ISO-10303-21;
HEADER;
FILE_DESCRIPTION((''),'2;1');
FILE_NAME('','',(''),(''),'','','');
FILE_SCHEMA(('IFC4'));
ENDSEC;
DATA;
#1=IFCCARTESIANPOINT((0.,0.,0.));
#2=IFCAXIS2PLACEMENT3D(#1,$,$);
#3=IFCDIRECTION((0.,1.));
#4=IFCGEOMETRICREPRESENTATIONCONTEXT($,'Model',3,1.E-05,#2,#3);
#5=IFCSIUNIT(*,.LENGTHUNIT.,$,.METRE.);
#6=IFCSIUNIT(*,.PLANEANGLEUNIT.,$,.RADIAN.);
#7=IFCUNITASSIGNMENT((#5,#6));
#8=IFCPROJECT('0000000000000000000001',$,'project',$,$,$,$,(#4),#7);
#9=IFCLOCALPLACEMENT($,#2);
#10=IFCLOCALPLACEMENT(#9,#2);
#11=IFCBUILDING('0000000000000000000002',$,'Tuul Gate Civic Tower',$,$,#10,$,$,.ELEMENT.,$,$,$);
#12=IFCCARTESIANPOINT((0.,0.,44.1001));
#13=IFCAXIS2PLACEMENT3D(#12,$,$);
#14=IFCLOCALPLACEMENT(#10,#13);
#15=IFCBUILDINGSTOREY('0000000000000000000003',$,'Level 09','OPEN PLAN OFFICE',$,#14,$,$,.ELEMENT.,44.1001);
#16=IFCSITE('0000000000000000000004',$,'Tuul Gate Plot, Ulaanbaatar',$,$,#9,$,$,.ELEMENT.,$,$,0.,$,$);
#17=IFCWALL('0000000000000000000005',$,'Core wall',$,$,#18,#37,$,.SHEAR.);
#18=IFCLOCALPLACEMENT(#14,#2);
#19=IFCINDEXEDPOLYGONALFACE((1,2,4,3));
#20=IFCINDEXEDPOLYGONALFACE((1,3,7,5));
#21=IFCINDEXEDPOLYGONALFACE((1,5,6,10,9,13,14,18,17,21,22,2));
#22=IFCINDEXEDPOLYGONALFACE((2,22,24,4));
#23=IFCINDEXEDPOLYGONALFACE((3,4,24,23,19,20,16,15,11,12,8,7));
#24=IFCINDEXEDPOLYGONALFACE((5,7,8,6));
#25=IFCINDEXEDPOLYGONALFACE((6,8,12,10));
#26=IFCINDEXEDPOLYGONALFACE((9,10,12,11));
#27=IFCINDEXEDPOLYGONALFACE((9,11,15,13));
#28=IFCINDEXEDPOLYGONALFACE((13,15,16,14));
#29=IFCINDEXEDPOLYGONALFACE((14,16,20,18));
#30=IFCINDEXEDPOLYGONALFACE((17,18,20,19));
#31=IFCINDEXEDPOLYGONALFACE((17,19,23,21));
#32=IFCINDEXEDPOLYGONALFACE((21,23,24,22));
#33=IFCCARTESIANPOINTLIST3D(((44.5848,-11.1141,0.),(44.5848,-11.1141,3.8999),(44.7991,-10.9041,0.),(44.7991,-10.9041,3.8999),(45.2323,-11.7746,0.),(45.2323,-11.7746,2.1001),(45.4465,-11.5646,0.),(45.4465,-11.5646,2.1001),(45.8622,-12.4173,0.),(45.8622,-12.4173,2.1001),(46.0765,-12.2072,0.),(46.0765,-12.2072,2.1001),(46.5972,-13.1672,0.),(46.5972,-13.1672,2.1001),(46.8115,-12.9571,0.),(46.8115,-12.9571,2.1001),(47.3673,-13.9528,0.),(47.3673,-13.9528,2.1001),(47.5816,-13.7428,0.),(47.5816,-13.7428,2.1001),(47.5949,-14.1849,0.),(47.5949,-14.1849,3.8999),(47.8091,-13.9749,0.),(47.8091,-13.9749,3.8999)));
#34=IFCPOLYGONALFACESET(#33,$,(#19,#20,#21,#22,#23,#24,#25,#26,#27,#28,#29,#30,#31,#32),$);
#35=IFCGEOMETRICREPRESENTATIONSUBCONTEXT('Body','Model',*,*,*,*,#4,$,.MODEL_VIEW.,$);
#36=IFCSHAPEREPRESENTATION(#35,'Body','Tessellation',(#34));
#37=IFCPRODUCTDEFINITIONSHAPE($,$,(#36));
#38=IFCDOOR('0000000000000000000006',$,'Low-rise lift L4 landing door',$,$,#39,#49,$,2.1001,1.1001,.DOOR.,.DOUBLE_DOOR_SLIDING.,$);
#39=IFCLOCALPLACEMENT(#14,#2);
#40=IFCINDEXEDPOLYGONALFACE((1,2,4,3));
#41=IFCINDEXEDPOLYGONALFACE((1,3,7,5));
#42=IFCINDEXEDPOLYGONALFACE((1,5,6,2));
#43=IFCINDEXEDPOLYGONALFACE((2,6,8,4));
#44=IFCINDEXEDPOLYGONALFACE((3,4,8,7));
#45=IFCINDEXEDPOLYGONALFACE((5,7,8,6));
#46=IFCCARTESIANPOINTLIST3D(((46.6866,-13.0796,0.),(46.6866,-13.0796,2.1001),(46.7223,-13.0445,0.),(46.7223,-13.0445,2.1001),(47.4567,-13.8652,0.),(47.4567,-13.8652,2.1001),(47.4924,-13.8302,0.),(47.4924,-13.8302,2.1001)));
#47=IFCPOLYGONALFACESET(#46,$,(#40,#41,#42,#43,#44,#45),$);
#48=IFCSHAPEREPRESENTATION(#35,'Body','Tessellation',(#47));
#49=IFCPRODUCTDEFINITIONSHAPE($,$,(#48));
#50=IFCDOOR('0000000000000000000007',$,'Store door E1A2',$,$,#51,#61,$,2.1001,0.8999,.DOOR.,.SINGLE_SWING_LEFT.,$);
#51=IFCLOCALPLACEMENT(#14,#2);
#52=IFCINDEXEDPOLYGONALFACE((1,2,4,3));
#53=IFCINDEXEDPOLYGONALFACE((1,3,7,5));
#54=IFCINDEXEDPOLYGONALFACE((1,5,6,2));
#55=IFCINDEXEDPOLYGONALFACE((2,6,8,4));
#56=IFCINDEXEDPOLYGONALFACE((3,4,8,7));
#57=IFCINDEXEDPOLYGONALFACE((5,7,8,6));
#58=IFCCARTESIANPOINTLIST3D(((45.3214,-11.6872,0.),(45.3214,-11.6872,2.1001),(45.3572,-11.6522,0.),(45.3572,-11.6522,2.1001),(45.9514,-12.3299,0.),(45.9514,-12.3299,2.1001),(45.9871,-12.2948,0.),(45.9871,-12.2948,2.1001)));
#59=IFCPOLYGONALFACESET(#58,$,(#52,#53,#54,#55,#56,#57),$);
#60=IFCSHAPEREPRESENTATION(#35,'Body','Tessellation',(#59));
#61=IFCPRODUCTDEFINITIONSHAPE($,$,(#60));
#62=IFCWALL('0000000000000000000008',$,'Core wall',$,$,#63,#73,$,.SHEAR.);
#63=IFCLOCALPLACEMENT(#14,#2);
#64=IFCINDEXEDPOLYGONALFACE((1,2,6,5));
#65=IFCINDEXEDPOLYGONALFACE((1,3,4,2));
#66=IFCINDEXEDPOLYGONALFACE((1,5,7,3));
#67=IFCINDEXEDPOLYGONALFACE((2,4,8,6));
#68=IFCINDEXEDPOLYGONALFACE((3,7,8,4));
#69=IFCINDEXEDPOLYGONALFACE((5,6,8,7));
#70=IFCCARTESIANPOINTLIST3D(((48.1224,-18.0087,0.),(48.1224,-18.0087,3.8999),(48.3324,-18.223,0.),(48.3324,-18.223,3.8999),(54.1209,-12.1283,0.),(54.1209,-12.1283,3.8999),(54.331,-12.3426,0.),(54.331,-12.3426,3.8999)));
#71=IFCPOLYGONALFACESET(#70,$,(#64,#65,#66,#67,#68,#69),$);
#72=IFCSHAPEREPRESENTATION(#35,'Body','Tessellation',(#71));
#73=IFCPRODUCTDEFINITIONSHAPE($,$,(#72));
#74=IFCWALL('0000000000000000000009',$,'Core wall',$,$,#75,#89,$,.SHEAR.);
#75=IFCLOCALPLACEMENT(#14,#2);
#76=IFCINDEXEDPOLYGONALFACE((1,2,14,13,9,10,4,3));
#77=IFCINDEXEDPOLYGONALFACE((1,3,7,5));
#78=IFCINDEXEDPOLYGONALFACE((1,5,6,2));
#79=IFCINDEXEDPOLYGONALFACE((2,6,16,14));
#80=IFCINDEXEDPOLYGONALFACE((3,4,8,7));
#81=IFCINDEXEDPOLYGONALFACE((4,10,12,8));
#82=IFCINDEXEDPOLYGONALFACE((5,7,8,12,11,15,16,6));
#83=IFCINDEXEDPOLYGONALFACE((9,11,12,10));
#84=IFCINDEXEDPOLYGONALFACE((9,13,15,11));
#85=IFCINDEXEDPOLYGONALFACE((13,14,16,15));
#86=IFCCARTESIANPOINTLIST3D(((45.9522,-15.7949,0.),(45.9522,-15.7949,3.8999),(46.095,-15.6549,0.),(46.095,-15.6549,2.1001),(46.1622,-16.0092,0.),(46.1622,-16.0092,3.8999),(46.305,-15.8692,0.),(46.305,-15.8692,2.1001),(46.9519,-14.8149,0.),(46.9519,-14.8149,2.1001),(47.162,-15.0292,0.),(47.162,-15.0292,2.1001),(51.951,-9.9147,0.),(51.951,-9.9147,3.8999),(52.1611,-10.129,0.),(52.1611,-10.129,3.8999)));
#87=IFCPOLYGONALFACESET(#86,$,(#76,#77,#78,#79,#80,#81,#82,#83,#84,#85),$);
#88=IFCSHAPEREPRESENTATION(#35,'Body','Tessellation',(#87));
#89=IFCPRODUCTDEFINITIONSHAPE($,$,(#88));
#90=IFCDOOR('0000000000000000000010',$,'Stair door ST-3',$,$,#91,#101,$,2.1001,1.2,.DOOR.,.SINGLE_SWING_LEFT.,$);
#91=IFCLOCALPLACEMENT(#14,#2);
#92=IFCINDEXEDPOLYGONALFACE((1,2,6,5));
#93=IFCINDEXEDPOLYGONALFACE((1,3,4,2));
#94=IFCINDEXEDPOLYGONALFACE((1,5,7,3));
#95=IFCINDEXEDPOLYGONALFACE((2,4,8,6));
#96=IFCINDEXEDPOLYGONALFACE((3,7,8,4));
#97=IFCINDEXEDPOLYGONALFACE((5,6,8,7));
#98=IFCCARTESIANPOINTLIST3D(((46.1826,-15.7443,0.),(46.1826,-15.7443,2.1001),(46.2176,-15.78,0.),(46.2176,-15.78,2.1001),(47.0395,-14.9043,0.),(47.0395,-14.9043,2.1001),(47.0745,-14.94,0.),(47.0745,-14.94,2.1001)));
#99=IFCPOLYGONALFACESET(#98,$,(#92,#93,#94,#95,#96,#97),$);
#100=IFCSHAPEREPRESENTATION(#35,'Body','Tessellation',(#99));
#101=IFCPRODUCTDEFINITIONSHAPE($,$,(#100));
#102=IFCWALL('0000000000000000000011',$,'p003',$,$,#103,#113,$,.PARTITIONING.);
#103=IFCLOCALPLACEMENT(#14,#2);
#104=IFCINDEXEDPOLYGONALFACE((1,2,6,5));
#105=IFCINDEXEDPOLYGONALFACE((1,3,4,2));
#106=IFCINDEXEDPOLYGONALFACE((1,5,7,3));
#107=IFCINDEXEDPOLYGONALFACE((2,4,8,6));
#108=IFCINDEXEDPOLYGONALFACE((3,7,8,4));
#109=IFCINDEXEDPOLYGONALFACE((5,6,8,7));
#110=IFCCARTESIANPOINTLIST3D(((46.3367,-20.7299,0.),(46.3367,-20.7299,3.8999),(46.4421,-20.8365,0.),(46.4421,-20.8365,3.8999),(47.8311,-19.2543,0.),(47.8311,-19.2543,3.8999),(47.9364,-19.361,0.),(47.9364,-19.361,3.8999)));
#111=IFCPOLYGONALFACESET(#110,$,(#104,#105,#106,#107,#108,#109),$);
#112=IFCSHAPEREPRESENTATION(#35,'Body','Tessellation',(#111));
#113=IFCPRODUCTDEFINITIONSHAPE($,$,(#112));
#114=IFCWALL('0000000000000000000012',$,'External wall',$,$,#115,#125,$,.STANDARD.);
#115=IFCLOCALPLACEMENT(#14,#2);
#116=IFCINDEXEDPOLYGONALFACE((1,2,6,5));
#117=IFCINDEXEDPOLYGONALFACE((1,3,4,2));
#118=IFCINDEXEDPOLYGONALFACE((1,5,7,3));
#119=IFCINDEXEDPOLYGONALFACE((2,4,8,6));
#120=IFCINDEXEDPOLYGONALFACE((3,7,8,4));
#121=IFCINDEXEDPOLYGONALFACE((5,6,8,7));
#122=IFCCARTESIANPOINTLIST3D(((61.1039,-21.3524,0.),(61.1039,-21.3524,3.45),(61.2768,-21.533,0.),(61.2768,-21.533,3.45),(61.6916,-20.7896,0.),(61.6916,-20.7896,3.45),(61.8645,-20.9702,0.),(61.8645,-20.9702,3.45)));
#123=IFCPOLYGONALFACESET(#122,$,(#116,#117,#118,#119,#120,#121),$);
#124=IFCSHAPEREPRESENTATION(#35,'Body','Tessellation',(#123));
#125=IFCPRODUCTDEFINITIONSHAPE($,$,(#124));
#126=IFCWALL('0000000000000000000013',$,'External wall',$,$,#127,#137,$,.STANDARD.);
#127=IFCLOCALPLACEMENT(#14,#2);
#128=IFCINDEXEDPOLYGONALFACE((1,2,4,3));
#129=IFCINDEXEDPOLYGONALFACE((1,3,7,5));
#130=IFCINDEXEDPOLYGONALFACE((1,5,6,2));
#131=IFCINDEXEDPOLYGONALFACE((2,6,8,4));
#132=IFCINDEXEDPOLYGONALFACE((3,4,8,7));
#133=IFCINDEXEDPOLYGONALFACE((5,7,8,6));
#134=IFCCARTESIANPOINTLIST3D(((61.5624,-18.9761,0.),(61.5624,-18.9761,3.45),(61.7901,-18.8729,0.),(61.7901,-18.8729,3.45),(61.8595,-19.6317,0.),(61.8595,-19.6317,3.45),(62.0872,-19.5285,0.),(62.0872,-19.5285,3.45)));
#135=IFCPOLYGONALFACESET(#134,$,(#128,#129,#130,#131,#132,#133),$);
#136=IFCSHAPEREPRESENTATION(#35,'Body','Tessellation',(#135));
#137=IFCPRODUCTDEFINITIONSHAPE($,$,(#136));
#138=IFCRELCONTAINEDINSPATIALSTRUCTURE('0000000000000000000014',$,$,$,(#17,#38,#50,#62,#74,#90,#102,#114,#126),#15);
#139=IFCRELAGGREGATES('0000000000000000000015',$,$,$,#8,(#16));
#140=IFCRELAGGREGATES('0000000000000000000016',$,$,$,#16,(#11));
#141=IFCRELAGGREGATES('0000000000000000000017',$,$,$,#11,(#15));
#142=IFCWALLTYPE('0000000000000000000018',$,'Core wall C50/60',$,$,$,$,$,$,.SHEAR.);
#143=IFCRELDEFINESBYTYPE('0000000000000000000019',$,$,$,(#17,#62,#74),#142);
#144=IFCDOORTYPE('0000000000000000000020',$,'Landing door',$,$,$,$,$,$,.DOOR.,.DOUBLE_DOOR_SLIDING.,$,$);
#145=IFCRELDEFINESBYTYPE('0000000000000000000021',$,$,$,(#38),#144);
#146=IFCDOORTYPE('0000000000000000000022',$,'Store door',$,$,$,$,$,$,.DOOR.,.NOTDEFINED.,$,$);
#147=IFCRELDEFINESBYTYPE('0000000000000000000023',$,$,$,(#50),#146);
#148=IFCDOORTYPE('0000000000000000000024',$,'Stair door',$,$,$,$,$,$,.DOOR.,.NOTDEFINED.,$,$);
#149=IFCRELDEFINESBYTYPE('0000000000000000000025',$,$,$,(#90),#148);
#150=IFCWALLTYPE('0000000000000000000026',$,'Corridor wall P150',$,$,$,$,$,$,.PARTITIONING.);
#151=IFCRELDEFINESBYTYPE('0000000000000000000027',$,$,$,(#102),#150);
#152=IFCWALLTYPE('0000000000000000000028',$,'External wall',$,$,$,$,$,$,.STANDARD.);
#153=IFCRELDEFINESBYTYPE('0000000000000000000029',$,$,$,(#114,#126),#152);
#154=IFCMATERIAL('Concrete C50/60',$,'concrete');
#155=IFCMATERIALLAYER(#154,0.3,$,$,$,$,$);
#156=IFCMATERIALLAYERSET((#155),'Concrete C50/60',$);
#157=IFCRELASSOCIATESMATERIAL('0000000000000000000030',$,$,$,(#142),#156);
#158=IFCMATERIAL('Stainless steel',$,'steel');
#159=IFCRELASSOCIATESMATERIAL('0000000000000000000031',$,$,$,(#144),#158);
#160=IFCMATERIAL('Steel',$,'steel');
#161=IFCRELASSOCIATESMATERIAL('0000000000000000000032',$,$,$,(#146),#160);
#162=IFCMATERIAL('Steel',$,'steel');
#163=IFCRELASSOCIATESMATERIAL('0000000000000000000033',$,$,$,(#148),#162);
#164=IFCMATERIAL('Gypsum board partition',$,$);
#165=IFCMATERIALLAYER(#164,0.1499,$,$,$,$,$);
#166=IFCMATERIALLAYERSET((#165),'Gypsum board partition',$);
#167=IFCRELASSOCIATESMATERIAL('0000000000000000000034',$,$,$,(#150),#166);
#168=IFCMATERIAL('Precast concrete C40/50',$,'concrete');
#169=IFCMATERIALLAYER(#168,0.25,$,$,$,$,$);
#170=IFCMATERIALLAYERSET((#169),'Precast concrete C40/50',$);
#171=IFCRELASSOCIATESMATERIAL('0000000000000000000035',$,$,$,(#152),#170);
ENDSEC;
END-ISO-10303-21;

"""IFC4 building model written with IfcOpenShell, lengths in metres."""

from ifc_helpers import new_model, si_unit, direction, frame, frame_2d, origin, place, context, subcontext, project, spatial, rectangle, extrude, material, layer, layer_set, type_object, element, fill, save


model = new_model("IFC4")

# Units and contexts
model_context = context("Model", 3, precision=1e-05, world=origin(), true_north=direction((0.0, 1.0)))
body_context = subcontext(model_context, "Body", "Model", "MODEL_VIEW")
ifc_project = project(units=[si_unit("LENGTHUNIT", "METRE"), si_unit("PLANEANGLEUNIT", "RADIAN")], contexts=[model_context])

# Site, building, storey
site_placement = place(None, origin())
site = spatial("IfcSite", under=ifc_project, at=site_placement, Name="Tuul Gate Plot, Ulaanbaatar", CompositionType="ELEMENT", RefElevation=0.0)
building_placement = place(site_placement, origin())
building = spatial("IfcBuilding", under=site, at=building_placement, Name="Tuul Gate Civic Tower", CompositionType="ELEMENT")
storey_placement = place(building_placement, frame((0.0, 0.0, 44.1001)))
storey = spatial("IfcBuildingStorey", under=building, at=storey_placement, Name="Level 09", Description="OPEN PLAN OFFICE", CompositionType="ELEMENT", Elevation=44.1001)

# Shared definitions
ifc_material_1 = material(Name="Concrete C50/60", Category="concrete")
ifc_layer_1 = layer(ifc_material_1, 0.3)
ifc_layer_set_1 = layer_set([ifc_layer_1], Name="Concrete C50/60")
wall_type_1 = type_object("IfcWallType", Name="Core wall C50/60", PredefinedType="SHEAR", material=ifc_layer_set_1)

# Wall, openings, doors
wall_1_placement = place(storey_placement, frame((47.7019, -14.0798, 0.0), z_axis=(0.0, 0.0, 1.0), x_axis=(-0.700003, 0.71414, 0.0)))
wall_1 = element("IfcWall", 1, at=wall_1_placement, inside=storey, type_object=wall_type_1, Name="Core wall", PredefinedType="SHEAR", context=body_context, shape_type="SweptSolid", body=[
    extrude(rectangle(XDim=4.3, YDim=0.3, at=frame_2d((2.1499, 0.0))), origin(), (0.0, 0.0, 1.0), 3.8999),
])
opening_1_placement = place(wall_1_placement, frame((0.325, 0.0, 0.0)))
opening_1 = element("IfcOpeningElement", 2, at=opening_1_placement, cuts=wall_1, PredefinedType="OPENING", context=body_context, shape_type="SweptSolid", body=[
    extrude(rectangle(XDim=1.1001, YDim=2.1001, at=frame_2d((0.55, 1.05))), frame((0.0, 0.1602, 0.0), z_axis=(0.0, -1.0, 0.0), x_axis=(1.0, 0.0, 0.0)), (0.0, 0.0, 1.0), 0.3201),
])
opening_2_placement = place(wall_1_placement, frame((2.4751, 0.0, 0.0)))
opening_2 = element("IfcOpeningElement", 3, at=opening_2_placement, cuts=wall_1, PredefinedType="OPENING", context=body_context, shape_type="SweptSolid", body=[
    extrude(rectangle(XDim=0.8999, YDim=2.1001, at=frame_2d((0.45, 1.05))), frame((0.0, 0.1602, 0.0), z_axis=(0.0, -1.0, 0.0), x_axis=(1.0, 0.0, 0.0)), (0.0, 0.0, 1.0), 0.3201),
])
ifc_material_2 = material(Name="Stainless steel", Category="steel")
door_type_1 = type_object("IfcDoorType", Name="Landing door", OperationType="DOUBLE_DOOR_SLIDING", PredefinedType="DOOR", material=ifc_material_2)
door_1_placement = place(opening_1_placement, origin())
door_1 = element("IfcDoor", 4, at=door_1_placement, inside=storey, type_object=door_type_1, Name="Low-rise lift L4 landing door", OperationType="DOUBLE_DOOR_SLIDING", OverallHeight=2.1001, OverallWidth=1.1001, PredefinedType="DOOR", context=body_context, shape_type="SweptSolid", body=[
    extrude(rectangle(XDim=1.1001, YDim=2.1001, at=frame_2d((0.55, 1.05))), frame((0.0, 0.0249, 0.0), z_axis=(0.0, -1.0, 0.0), x_axis=(1.0, 0.0, 0.0)), (0.0, 0.0, 1.0), 0.05),
])
fill(opening_1, door_1)
ifc_material_3 = material(Name="Steel", Category="steel")
door_type_2 = type_object("IfcDoorType", Name="Store door", OperationType="NOTDEFINED", PredefinedType="DOOR", material=ifc_material_3)
door_2_placement = place(opening_2_placement, frame((0.8999, 0.0, 0.0), z_axis=(0.0, 0.0, 1.0), x_axis=(-1.0, 0.0, 0.0)))
door_2 = element("IfcDoor", 5, at=door_2_placement, inside=storey, type_object=door_type_2, Name="Store door E1A2", OperationType="SINGLE_SWING_LEFT", OverallHeight=2.1001, OverallWidth=0.8999, PredefinedType="DOOR", context=body_context, shape_type="SweptSolid", body=[
    extrude(rectangle(XDim=0.8999, YDim=2.1001, at=frame_2d((0.45, 1.05))), frame((0.0, 0.0249, 0.0), z_axis=(0.0, -1.0, 0.0), x_axis=(1.0, 0.0, 0.0)), (0.0, 0.0, 1.0), 0.05),
])
fill(opening_2, door_2)

# Wall
wall_2_placement = place(storey_placement, frame((48.2273, -18.116, 0.0), z_axis=(0.0, 0.0, 1.0), x_axis=(0.714105, 0.700038, 0.0)))
element("IfcWall", 6, at=wall_2_placement, inside=storey, type_object=wall_type_1, Name="Core wall", PredefinedType="SHEAR", context=body_context, shape_type="SweptSolid", body=[
    extrude(rectangle(XDim=8.4001, YDim=0.3, at=frame_2d((4.2002, 0.0))), origin(), (0.0, 0.0, 1.0), 3.8999),
])

# Wall, opening, door
wall_3_placement = place(storey_placement, frame((46.0571, -15.9021, 0.0), z_axis=(0.0, 0.0, 1.0), x_axis=(0.714134, 0.700009, 0.0)))
wall_3 = element("IfcWall", 7, at=wall_3_placement, inside=storey, type_object=wall_type_1, Name="Core wall", PredefinedType="SHEAR", context=body_context, shape_type="SweptSolid", body=[
    extrude(rectangle(XDim=8.4001, YDim=0.3, at=frame_2d((4.2002, 0.0))), origin(), (0.0, 0.0, 1.0), 3.8999),
])
opening_3_placement = place(wall_3_placement, frame((0.2, 0.0, 0.0)))
opening_3 = element("IfcOpeningElement", 8, at=opening_3_placement, cuts=wall_3, PredefinedType="OPENING", context=body_context, shape_type="SweptSolid", body=[
    extrude(rectangle(XDim=1.2, YDim=2.1001, at=frame_2d((0.6001, 1.05))), frame((0.0, 0.1602, 0.0), z_axis=(0.0, -1.0, 0.0), x_axis=(1.0, 0.0, 0.0)), (0.0, 0.0, 1.0), 0.3201),
])
ifc_material_4 = material(Name="Steel", Category="steel")
door_type_3 = type_object("IfcDoorType", Name="Stair door", OperationType="NOTDEFINED", PredefinedType="DOOR", material=ifc_material_4)
door_3_placement = place(opening_3_placement, origin())
door_3 = element("IfcDoor", 9, at=door_3_placement, inside=storey, type_object=door_type_3, Name="Stair door ST-3", OperationType="SINGLE_SWING_LEFT", OverallHeight=2.1001, OverallWidth=1.2, PredefinedType="DOOR", context=body_context, shape_type="SweptSolid", body=[
    extrude(rectangle(XDim=1.2, YDim=2.1001, at=frame_2d((0.6001, 1.05))), frame((0.0, 0.0249, 0.0), z_axis=(0.0, -1.0, 0.0), x_axis=(1.0, 0.0, 0.0)), (0.0, 0.0, 1.0), 0.05),
])
fill(opening_3, door_3)

# Walls
ifc_material_5 = material(Name="Gypsum board partition")
ifc_layer_2 = layer(ifc_material_5, 0.1499)
ifc_layer_set_2 = layer_set([ifc_layer_2], Name="Gypsum board partition")
wall_type_2 = type_object("IfcWallType", Name="Corridor wall P150", PredefinedType="PARTITIONING", material=ifc_layer_set_2)
wall_4_placement = place(storey_placement, frame((46.3894, -20.7832, 0.0), z_axis=(0.0, 0.0, 1.0), x_axis=(0.711568, 0.702617, 0.0)))
element("IfcWall", 10, at=wall_4_placement, inside=storey, type_object=wall_type_2, Name="p003", PredefinedType="PARTITIONING", context=body_context, shape_type="SweptSolid", body=[
    extrude(rectangle(XDim=2.1001, YDim=0.1499, at=frame_2d((1.05, 0.0))), origin(), (0.0, 0.0, 1.0), 3.8999),
])
ifc_material_6 = material(Name="Precast concrete C40/50", Category="concrete")
ifc_layer_3 = layer(ifc_material_6, 0.25)
ifc_layer_set_3 = layer_set([ifc_layer_3], Name="Precast concrete C40/50")
wall_type_3 = type_object("IfcWallType", Name="External wall", PredefinedType="STANDARD", material=ifc_layer_set_3)
wall_5_placement = place(storey_placement, frame((61.1904, -21.4426, 0.0), z_axis=(0.0, 0.0, 1.0), x_axis=(0.722244, 0.691638, 0.0)))
element("IfcWall", 11, at=wall_5_placement, inside=storey, type_object=wall_type_3, Name="External wall", PredefinedType="STANDARD", context=body_context, shape_type="SweptSolid", body=[
    extrude(rectangle(XDim=0.8137, YDim=0.25, at=frame_2d((0.4067, 0.0))), origin(), (0.0, 0.0, 1.0), 3.45),
])
wall_6_placement = place(storey_placement, frame((61.9734, -19.5801, 0.0), z_axis=(0.0, 0.0, 1.0), x_axis=(-0.412832, 0.910807, 0.0)))
element("IfcWall", 12, at=wall_6_placement, inside=storey, type_object=wall_type_3, Name="External wall", PredefinedType="STANDARD", context=body_context, shape_type="SweptSolid", body=[
    extrude(rectangle(XDim=0.7197, YDim=0.25, at=frame_2d((0.3599, 0.0))), origin(), (0.0, 0.0, 1.0), 3.45),
])

save(model, "model.ifc")
